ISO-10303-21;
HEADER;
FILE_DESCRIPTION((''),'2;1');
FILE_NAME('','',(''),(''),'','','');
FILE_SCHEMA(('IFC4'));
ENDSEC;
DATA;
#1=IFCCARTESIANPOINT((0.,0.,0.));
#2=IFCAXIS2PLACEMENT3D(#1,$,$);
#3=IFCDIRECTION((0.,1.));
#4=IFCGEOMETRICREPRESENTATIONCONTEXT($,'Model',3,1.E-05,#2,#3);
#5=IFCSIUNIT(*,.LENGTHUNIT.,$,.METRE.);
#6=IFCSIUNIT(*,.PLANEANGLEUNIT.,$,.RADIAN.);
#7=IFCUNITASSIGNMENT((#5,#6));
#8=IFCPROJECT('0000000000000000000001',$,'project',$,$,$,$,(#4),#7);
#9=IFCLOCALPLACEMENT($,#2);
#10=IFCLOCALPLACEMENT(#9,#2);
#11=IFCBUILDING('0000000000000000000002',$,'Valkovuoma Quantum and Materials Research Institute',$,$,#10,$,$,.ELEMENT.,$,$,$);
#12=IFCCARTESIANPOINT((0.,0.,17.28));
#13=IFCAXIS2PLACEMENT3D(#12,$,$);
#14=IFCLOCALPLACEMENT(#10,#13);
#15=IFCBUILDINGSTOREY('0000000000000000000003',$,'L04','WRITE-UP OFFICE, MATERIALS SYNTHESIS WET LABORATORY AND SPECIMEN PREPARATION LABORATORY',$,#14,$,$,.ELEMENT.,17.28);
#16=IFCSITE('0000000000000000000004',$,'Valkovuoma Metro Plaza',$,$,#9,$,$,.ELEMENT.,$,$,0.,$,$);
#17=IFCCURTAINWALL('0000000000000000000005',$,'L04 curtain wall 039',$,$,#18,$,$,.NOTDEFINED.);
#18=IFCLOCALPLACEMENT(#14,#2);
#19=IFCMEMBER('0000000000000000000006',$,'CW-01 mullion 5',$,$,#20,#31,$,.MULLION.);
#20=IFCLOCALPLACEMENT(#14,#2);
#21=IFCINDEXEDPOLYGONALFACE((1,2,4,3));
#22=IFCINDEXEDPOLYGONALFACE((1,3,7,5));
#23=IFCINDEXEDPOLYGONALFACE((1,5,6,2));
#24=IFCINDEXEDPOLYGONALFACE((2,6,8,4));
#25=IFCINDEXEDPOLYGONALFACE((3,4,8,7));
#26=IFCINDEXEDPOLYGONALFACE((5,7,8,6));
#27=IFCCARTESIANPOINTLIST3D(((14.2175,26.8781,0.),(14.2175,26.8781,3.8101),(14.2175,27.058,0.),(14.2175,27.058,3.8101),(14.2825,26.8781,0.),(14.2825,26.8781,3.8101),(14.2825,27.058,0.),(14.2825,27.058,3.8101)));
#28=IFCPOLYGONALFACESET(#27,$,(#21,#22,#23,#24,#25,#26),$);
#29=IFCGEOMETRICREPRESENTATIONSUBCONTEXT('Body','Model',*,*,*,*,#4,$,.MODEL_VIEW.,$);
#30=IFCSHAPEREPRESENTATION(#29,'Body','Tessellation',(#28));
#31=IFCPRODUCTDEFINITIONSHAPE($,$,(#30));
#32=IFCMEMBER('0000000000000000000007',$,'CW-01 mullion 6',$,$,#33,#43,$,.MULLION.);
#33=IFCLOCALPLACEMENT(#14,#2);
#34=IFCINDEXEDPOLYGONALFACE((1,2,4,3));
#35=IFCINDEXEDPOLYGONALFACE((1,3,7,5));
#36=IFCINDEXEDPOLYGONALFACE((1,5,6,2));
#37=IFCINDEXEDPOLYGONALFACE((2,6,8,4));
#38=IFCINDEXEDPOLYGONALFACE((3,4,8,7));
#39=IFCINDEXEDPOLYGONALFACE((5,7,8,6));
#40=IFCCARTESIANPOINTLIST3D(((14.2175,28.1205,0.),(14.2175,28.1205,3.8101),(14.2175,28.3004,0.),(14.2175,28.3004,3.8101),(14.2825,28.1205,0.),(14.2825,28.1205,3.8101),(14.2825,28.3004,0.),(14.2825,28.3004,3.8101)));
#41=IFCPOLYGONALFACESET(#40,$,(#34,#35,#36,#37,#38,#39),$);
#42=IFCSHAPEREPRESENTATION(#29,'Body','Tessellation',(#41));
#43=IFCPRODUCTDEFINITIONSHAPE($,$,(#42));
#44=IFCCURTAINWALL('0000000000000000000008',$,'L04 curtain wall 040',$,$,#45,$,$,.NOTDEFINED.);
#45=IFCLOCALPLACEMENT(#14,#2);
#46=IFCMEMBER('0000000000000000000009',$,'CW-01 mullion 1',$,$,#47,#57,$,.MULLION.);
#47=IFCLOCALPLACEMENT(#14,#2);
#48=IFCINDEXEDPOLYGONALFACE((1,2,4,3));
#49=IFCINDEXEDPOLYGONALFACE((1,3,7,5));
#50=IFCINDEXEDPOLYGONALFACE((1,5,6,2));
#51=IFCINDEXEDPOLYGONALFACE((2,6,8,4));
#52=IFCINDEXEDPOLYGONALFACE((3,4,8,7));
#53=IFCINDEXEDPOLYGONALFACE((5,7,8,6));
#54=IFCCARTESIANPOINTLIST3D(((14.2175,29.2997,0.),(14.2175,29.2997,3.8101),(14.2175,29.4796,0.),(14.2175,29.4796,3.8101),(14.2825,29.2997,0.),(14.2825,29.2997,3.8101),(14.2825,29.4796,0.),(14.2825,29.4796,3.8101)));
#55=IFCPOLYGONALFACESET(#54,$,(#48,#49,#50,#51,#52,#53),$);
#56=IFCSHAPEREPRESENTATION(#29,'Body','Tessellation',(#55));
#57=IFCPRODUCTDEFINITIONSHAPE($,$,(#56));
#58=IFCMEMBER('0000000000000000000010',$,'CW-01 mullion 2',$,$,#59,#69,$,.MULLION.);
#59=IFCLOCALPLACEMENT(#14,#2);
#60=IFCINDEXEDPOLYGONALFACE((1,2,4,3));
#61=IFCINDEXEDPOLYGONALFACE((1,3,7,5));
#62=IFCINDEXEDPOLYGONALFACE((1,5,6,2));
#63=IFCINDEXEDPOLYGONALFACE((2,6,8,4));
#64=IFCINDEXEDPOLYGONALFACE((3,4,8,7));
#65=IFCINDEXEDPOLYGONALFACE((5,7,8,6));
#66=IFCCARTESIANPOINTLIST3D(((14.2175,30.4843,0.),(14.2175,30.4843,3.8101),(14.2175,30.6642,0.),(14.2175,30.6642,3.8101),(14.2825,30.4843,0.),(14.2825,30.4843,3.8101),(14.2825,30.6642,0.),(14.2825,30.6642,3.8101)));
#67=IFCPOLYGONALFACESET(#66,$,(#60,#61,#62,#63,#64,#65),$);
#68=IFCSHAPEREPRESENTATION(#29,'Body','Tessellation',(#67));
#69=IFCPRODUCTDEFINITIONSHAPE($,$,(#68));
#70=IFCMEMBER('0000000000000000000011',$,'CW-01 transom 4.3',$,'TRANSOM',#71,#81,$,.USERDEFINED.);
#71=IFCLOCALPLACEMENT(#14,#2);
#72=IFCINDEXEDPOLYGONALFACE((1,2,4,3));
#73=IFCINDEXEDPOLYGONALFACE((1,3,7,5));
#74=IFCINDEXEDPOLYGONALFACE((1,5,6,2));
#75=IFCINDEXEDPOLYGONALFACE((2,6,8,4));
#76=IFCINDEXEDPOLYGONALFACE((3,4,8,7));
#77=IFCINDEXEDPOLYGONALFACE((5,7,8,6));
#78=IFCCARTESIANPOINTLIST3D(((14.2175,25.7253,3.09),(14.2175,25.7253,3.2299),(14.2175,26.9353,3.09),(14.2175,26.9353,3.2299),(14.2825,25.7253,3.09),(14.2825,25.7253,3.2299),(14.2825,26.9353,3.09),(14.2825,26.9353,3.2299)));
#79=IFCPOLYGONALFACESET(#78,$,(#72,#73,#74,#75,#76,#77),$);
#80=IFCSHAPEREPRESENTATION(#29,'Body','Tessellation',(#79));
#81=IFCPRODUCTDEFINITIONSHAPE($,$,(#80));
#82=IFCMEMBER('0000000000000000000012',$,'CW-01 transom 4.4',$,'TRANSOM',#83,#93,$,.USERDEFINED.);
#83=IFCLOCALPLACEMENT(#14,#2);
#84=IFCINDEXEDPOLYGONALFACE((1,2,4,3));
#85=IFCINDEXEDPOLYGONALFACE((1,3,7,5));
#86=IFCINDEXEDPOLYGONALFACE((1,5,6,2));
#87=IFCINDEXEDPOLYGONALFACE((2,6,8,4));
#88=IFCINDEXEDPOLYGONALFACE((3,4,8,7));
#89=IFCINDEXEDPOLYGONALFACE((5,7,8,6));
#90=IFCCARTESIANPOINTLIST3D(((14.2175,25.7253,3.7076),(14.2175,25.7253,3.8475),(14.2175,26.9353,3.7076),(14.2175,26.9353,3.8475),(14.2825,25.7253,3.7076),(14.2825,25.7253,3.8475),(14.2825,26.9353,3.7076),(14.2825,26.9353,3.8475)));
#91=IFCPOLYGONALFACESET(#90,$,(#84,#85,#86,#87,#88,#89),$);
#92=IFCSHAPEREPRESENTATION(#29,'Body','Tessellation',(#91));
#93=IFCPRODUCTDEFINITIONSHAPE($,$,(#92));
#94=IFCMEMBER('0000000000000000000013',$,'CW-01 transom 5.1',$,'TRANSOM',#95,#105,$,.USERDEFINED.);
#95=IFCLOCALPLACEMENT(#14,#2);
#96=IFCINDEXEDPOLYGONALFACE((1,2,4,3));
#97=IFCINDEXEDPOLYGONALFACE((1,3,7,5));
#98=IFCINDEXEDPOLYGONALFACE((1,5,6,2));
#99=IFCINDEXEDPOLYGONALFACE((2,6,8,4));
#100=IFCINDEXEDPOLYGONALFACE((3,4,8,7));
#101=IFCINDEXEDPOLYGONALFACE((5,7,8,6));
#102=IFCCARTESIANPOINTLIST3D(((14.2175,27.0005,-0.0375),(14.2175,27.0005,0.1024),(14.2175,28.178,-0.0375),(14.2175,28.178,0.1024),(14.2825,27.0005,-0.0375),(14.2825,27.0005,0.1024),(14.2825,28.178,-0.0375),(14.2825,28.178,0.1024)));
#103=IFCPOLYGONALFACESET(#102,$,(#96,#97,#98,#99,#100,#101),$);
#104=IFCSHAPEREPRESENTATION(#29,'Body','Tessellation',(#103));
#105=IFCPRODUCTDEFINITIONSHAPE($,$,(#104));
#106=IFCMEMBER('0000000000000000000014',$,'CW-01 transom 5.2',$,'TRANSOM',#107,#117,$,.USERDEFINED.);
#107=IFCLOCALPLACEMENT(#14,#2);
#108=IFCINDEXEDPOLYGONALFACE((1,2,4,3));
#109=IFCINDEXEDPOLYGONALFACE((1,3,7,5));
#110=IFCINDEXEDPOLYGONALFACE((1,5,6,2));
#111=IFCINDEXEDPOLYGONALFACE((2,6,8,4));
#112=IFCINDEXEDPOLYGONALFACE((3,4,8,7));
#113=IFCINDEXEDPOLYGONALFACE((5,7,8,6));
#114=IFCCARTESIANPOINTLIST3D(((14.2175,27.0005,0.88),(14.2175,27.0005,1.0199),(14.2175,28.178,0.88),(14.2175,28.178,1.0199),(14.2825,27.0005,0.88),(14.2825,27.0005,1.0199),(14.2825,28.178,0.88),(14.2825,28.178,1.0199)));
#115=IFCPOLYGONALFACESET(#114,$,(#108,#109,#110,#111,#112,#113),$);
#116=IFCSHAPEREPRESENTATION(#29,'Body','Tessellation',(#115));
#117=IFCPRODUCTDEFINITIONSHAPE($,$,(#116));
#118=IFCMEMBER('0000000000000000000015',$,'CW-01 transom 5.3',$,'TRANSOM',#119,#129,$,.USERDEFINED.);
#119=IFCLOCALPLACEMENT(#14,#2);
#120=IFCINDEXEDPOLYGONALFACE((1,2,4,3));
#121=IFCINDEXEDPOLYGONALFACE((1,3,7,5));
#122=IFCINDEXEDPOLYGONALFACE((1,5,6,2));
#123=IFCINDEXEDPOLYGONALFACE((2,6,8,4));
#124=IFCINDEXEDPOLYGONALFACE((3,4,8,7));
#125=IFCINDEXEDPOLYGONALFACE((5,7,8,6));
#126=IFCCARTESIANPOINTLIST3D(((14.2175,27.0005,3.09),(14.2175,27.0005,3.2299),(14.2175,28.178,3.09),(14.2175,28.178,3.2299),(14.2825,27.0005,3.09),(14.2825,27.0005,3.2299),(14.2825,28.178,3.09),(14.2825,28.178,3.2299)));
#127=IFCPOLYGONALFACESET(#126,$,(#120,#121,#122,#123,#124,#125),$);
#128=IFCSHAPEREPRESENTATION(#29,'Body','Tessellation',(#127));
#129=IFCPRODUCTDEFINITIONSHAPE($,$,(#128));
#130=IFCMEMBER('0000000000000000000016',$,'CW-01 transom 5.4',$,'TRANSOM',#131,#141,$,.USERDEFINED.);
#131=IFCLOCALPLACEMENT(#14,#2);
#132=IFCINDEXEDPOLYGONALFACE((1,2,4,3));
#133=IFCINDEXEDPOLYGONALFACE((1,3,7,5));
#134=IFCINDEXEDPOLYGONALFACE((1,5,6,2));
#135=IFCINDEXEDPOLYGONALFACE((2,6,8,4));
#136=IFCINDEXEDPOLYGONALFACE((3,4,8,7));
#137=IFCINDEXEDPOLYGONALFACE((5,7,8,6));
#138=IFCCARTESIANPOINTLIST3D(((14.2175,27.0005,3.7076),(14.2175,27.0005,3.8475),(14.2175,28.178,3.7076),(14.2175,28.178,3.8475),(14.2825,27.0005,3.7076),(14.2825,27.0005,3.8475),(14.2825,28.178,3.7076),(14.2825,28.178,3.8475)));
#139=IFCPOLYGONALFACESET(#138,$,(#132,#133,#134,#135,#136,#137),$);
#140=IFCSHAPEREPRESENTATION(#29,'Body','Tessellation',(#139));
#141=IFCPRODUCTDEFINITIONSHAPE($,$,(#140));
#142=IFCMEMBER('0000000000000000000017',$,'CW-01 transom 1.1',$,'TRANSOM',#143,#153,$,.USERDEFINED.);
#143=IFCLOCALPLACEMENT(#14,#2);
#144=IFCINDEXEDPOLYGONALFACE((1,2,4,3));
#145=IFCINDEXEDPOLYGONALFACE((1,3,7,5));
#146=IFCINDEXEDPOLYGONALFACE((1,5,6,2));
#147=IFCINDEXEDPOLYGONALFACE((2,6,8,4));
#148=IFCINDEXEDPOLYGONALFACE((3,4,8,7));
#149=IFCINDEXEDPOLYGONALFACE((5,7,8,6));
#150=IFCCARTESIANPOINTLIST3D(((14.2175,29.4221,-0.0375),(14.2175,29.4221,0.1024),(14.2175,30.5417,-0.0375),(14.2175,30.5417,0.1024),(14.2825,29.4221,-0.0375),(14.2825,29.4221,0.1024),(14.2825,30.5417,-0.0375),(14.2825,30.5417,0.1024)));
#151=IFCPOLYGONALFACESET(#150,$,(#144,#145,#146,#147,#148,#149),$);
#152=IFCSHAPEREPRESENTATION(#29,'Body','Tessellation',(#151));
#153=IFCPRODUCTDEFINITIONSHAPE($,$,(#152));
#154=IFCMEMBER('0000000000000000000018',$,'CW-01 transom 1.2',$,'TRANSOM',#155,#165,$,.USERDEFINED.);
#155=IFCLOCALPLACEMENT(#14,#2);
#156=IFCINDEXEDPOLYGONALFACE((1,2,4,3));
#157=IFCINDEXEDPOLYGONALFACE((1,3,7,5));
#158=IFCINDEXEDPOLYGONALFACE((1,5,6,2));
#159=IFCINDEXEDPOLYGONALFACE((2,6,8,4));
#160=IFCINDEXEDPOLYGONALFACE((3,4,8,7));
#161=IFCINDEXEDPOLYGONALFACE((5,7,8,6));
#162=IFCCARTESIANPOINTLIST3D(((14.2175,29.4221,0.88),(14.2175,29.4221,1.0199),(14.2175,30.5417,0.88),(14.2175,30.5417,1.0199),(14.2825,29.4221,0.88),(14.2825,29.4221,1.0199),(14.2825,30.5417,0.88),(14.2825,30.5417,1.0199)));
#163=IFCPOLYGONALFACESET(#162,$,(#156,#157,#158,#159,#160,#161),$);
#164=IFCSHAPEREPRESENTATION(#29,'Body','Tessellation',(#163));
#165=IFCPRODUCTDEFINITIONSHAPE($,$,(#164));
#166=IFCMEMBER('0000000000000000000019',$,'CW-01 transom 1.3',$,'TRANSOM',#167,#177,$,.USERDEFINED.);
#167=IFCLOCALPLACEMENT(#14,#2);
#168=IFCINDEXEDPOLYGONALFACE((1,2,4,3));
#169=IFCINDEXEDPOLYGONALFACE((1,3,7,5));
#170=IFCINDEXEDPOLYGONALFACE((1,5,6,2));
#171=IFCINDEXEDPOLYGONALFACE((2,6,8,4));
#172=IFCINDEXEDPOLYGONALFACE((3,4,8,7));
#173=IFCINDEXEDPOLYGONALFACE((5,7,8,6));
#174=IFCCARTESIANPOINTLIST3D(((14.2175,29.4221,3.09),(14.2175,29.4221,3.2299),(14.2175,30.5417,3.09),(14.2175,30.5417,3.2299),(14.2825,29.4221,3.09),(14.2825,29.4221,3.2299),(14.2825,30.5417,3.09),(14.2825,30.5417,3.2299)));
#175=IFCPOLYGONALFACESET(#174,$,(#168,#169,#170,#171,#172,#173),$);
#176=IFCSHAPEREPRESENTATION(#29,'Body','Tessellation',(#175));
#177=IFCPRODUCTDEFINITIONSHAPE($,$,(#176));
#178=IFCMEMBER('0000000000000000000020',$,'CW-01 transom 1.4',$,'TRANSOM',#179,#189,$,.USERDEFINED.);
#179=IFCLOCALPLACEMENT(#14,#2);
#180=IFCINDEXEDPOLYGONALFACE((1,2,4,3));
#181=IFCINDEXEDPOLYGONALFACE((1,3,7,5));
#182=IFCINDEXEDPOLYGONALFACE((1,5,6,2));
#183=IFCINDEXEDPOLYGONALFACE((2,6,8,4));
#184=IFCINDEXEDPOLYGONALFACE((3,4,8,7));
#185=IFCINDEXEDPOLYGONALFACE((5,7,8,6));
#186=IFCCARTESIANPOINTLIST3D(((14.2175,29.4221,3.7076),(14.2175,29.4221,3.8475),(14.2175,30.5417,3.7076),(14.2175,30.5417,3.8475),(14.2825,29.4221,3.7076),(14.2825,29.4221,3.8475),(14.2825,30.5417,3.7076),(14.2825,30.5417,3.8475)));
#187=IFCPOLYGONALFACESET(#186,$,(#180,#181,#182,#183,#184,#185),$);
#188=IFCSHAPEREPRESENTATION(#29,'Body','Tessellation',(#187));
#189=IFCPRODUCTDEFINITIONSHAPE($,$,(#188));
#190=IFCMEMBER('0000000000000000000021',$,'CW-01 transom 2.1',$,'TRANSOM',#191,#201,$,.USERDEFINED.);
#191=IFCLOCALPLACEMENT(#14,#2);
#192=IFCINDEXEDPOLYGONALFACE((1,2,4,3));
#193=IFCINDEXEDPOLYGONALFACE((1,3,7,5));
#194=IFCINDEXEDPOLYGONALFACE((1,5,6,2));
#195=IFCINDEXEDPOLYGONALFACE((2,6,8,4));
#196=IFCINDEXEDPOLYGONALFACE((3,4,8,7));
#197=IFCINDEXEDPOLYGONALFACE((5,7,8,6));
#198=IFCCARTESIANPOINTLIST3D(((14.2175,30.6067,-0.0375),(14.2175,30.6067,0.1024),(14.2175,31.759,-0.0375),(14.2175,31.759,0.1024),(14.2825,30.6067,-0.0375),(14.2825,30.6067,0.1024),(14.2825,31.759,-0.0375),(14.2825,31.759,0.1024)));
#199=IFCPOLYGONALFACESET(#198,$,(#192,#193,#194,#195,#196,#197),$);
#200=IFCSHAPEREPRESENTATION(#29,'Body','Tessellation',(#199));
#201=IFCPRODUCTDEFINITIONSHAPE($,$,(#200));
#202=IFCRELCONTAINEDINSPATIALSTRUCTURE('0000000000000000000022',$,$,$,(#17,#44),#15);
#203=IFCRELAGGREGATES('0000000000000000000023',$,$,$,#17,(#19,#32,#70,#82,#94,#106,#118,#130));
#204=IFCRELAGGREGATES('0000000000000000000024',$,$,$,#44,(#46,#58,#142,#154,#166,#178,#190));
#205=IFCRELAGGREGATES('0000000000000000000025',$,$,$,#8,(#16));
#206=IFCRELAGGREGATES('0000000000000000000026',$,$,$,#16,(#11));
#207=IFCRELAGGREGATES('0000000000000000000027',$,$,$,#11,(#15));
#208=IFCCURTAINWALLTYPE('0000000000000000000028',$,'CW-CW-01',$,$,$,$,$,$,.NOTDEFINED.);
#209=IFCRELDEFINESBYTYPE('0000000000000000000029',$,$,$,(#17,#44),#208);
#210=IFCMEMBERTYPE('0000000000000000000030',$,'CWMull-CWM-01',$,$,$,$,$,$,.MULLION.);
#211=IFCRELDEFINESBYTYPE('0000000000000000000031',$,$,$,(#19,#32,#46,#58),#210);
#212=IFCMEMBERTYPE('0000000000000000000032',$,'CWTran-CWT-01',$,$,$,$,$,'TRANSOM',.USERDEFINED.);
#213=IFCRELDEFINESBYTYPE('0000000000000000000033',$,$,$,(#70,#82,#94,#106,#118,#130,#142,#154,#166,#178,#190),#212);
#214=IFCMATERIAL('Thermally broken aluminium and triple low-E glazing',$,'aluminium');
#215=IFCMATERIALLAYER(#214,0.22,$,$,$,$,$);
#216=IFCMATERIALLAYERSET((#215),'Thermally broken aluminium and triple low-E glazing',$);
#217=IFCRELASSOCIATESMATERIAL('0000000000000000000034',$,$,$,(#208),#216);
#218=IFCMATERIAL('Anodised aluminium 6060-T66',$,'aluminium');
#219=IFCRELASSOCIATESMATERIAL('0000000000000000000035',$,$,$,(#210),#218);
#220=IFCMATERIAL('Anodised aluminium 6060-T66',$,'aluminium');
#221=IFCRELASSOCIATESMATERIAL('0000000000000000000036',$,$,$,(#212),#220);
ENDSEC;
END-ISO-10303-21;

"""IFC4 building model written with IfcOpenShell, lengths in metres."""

from ifc_helpers import new_model, si_unit, direction, frame, origin, origin_2d, place, context, subcontext, project, spatial, rectangle, extrude, material, layer, layer_set, material_profile, profile_set, type_object, element, aggregate, save


model = new_model("IFC4")

# Units and contexts
model_context = context("Model", 3, precision=1e-05, world=origin(), true_north=direction((0.0, 1.0)))
body_context = subcontext(model_context, "Body", "Model", "MODEL_VIEW")
ifc_project = project(units=[si_unit("LENGTHUNIT", "METRE"), si_unit("PLANEANGLEUNIT", "RADIAN")], contexts=[model_context])

# Site, building, storey
site_placement = place(None, origin())
site = spatial("IfcSite", under=ifc_project, at=site_placement, Name="Valkovuoma Metro Plaza", CompositionType="ELEMENT", RefElevation=0.0)
building_placement = place(site_placement, origin())
building = spatial("IfcBuilding", under=site, at=building_placement, Name="Valkovuoma Quantum and Materials Research Institute", CompositionType="ELEMENT")
storey_placement = place(building_placement, frame((0.0, 0.0, 17.28)))
storey = spatial("IfcBuildingStorey", under=building, at=storey_placement, Name="L04", Description="WRITE-UP OFFICE, MATERIALS SYNTHESIS WET LABORATORY AND SPECIMEN PREPARATION LABORATORY", CompositionType="ELEMENT", Elevation=17.28)

# Curtain walls, members
ifc_material_1 = material(Name="Thermally broken aluminium and triple low-E glazing", Category="aluminium")
ifc_layer_1 = layer(ifc_material_1, 0.22)
ifc_layer_set_1 = layer_set([ifc_layer_1], Name="Thermally broken aluminium and triple low-E glazing")
curtain_wall_type = type_object("IfcCurtainWallType", Name="CW-CW-01", PredefinedType="NOTDEFINED", material=ifc_layer_set_1)
curtain_wall_1_placement = place(storey_placement, origin())
curtain_wall_1 = element("IfcCurtainWall", 1, at=curtain_wall_1_placement, inside=storey, type_object=curtain_wall_type, Name="L04 curtain wall 039", PredefinedType="NOTDEFINED")
ifc_material_2 = material(Name="Anodised aluminium 6060-T66", Category="aluminium")
ifc_material_profile_1 = material_profile(ifc_material_2, rectangle(XDim=0.0649, YDim=0.1799, at=origin_2d()), Name="Anodised aluminium 6060-T66")
ifc_profile_set_1 = profile_set([ifc_material_profile_1], Name="Anodised aluminium 6060-T66")
member_type_1 = type_object("IfcMemberType", Name="CWMull-CWM-01", PredefinedType="MULLION", material=ifc_profile_set_1)
member_1_placement = place(storey_placement, frame((14.25, 26.968, 0.0), z_axis=(0.0, 0.0, 1.0), x_axis=(-1.0, 0.0, 0.0)))
member_1 = element("IfcMember", 2, at=member_1_placement, type_object=member_type_1, Name="CW-01 mullion 5", PredefinedType="MULLION", context=body_context, shape_type="SweptSolid", body=[
    extrude(rectangle(XDim=0.0649, YDim=0.1799, at=origin_2d()), origin(), (0.0, 0.0, 1.0), 3.8101),
])
member_2_placement = place(storey_placement, frame((14.25, 28.2104, 0.0), z_axis=(0.0, 0.0, 1.0), x_axis=(-1.0, 0.0, 0.0)))
member_2 = element("IfcMember", 3, at=member_2_placement, type_object=member_type_1, Name="CW-01 mullion 6", PredefinedType="MULLION", context=body_context, shape_type="SweptSolid", body=[
    extrude(rectangle(XDim=0.0649, YDim=0.1799, at=origin_2d()), origin(), (0.0, 0.0, 1.0), 3.8101),
])
curtain_wall_2_placement = place(storey_placement, origin())
curtain_wall_2 = element("IfcCurtainWall", 4, at=curtain_wall_2_placement, inside=storey, type_object=curtain_wall_type, Name="L04 curtain wall 040", PredefinedType="NOTDEFINED")
member_3_placement = place(storey_placement, frame((14.25, 29.3896, 0.0), z_axis=(0.0, 0.0, 1.0), x_axis=(-1.0, 0.0, 0.0)))
member_3 = element("IfcMember", 5, at=member_3_placement, type_object=member_type_1, Name="CW-01 mullion 1", PredefinedType="MULLION", context=body_context, shape_type="SweptSolid", body=[
    extrude(rectangle(XDim=0.0649, YDim=0.1799, at=origin_2d()), origin(), (0.0, 0.0, 1.0), 3.8101),
])
member_4_placement = place(storey_placement, frame((14.25, 30.5742, 0.0), z_axis=(0.0, 0.0, 1.0), x_axis=(-1.0, 0.0, 0.0)))
member_4 = element("IfcMember", 6, at=member_4_placement, type_object=member_type_1, Name="CW-01 mullion 2", PredefinedType="MULLION", context=body_context, shape_type="SweptSolid", body=[
    extrude(rectangle(XDim=0.0649, YDim=0.1799, at=origin_2d()), origin(), (0.0, 0.0, 1.0), 3.8101),
])

# Members
ifc_material_3 = material(Name="Anodised aluminium 6060-T66", Category="aluminium")
ifc_material_profile_2 = material_profile(ifc_material_3, rectangle(XDim=0.0649, YDim=0.1399, at=origin_2d()), Name="Anodised aluminium 6060-T66")
ifc_profile_set_2 = profile_set([ifc_material_profile_2], Name="Anodised aluminium 6060-T66")
member_type_2 = type_object("IfcMemberType", Name="CWTran-CWT-01", ElementType="TRANSOM", PredefinedType="USERDEFINED", material=ifc_profile_set_2)
member_5_placement = place(storey_placement, frame((14.25, 25.7253, 3.1599), z_axis=(0.0, 1.0, 0.0), x_axis=(-1.0, 0.0, 0.0)))
member_5 = element("IfcMember", 7, at=member_5_placement, type_object=member_type_2, Name="CW-01 transom 4.3", ObjectType="TRANSOM", PredefinedType="USERDEFINED", context=body_context, shape_type="SweptSolid", body=[
    extrude(rectangle(XDim=0.0649, YDim=0.1399, at=origin_2d()), origin(), (0.0, 0.0, 1.0), 1.21),
])
member_6_placement = place(storey_placement, frame((14.25, 25.7253, 3.7776), z_axis=(0.0, 1.0, 0.0), x_axis=(-1.0, 0.0, 0.0)))
member_6 = element("IfcMember", 8, at=member_6_placement, type_object=member_type_2, Name="CW-01 transom 4.4", ObjectType="TRANSOM", PredefinedType="USERDEFINED", context=body_context, shape_type="SweptSolid", body=[
    extrude(rectangle(XDim=0.0649, YDim=0.1399, at=origin_2d()), origin(), (0.0, 0.0, 1.0), 1.21),
])
member_7_placement = place(storey_placement, frame((14.25, 27.0005, 0.0325), z_axis=(0.0, 1.0, 0.0), x_axis=(-1.0, 0.0, 0.0)))
member_7 = element("IfcMember", 9, at=member_7_placement, type_object=member_type_2, Name="CW-01 transom 5.1", ObjectType="TRANSOM", PredefinedType="USERDEFINED", context=body_context, shape_type="SweptSolid", body=[
    extrude(rectangle(XDim=0.0649, YDim=0.1399, at=origin_2d()), origin(), (0.0, 0.0, 1.0), 1.1775),
])
member_8_placement = place(storey_placement, frame((14.25, 27.0005, 0.95), z_axis=(0.0, 1.0, 0.0), x_axis=(-1.0, 0.0, 0.0)))
member_8 = element("IfcMember", 10, at=member_8_placement, type_object=member_type_2, Name="CW-01 transom 5.2", ObjectType="TRANSOM", PredefinedType="USERDEFINED", context=body_context, shape_type="SweptSolid", body=[
    extrude(rectangle(XDim=0.0649, YDim=0.1399, at=origin_2d()), origin(), (0.0, 0.0, 1.0), 1.1775),
])
member_9_placement = place(storey_placement, frame((14.25, 27.0005, 3.1599), z_axis=(0.0, 1.0, 0.0), x_axis=(-1.0, 0.0, 0.0)))
member_9 = element("IfcMember", 11, at=member_9_placement, type_object=member_type_2, Name="CW-01 transom 5.3", ObjectType="TRANSOM", PredefinedType="USERDEFINED", context=body_context, shape_type="SweptSolid", body=[
    extrude(rectangle(XDim=0.0649, YDim=0.1399, at=origin_2d()), origin(), (0.0, 0.0, 1.0), 1.1775),
])
member_10_placement = place(storey_placement, frame((14.25, 27.0005, 3.7776), z_axis=(0.0, 1.0, 0.0), x_axis=(-1.0, 0.0, 0.0)))
member_10 = element("IfcMember", 12, at=member_10_placement, type_object=member_type_2, Name="CW-01 transom 5.4", ObjectType="TRANSOM", PredefinedType="USERDEFINED", context=body_context, shape_type="SweptSolid", body=[
    extrude(rectangle(XDim=0.0649, YDim=0.1399, at=origin_2d()), origin(), (0.0, 0.0, 1.0), 1.1775),
])
member_11_placement = place(storey_placement, frame((14.25, 29.4221, 0.0325), z_axis=(0.0, 1.0, 0.0), x_axis=(-1.0, 0.0, 0.0)))
member_11 = element("IfcMember", 13, at=member_11_placement, type_object=member_type_2, Name="CW-01 transom 1.1", ObjectType="TRANSOM", PredefinedType="USERDEFINED", context=body_context, shape_type="SweptSolid", body=[
    extrude(rectangle(XDim=0.0649, YDim=0.1399, at=origin_2d()), origin(), (0.0, 0.0, 1.0), 1.1196),
])
member_12_placement = place(storey_placement, frame((14.25, 29.4221, 0.95), z_axis=(0.0, 1.0, 0.0), x_axis=(-1.0, 0.0, 0.0)))
member_12 = element("IfcMember", 14, at=member_12_placement, type_object=member_type_2, Name="CW-01 transom 1.2", ObjectType="TRANSOM", PredefinedType="USERDEFINED", context=body_context, shape_type="SweptSolid", body=[
    extrude(rectangle(XDim=0.0649, YDim=0.1399, at=origin_2d()), origin(), (0.0, 0.0, 1.0), 1.1196),
])
member_13_placement = place(storey_placement, frame((14.25, 29.4221, 3.1599), z_axis=(0.0, 1.0, 0.0), x_axis=(-1.0, 0.0, 0.0)))
member_13 = element("IfcMember", 15, at=member_13_placement, type_object=member_type_2, Name="CW-01 transom 1.3", ObjectType="TRANSOM", PredefinedType="USERDEFINED", context=body_context, shape_type="SweptSolid", body=[
    extrude(rectangle(XDim=0.0649, YDim=0.1399, at=origin_2d()), origin(), (0.0, 0.0, 1.0), 1.1196),
])
member_14_placement = place(storey_placement, frame((14.25, 29.4221, 3.7776), z_axis=(0.0, 1.0, 0.0), x_axis=(-1.0, 0.0, 0.0)))
member_14 = element("IfcMember", 16, at=member_14_placement, type_object=member_type_2, Name="CW-01 transom 1.4", ObjectType="TRANSOM", PredefinedType="USERDEFINED", context=body_context, shape_type="SweptSolid", body=[
    extrude(rectangle(XDim=0.0649, YDim=0.1399, at=origin_2d()), origin(), (0.0, 0.0, 1.0), 1.1196),
])
member_15_placement = place(storey_placement, frame((14.25, 30.6067, 0.0325), z_axis=(0.0, 1.0, 0.0), x_axis=(-1.0, 0.0, 0.0)))
member_15 = element("IfcMember", 17, at=member_15_placement, type_object=member_type_2, Name="CW-01 transom 2.1", ObjectType="TRANSOM", PredefinedType="USERDEFINED", context=body_context, shape_type="SweptSolid", body=[
    extrude(rectangle(XDim=0.0649, YDim=0.1399, at=origin_2d()), origin(), (0.0, 0.0, 1.0), 1.1523),
])

aggregate(curtain_wall_1, [member_1, member_2, member_5, member_6, member_7, member_8, member_9, member_10])
aggregate(curtain_wall_2, [member_3, member_4, member_11, member_12, member_13, member_14, member_15])

save(model, "model.ifc")
